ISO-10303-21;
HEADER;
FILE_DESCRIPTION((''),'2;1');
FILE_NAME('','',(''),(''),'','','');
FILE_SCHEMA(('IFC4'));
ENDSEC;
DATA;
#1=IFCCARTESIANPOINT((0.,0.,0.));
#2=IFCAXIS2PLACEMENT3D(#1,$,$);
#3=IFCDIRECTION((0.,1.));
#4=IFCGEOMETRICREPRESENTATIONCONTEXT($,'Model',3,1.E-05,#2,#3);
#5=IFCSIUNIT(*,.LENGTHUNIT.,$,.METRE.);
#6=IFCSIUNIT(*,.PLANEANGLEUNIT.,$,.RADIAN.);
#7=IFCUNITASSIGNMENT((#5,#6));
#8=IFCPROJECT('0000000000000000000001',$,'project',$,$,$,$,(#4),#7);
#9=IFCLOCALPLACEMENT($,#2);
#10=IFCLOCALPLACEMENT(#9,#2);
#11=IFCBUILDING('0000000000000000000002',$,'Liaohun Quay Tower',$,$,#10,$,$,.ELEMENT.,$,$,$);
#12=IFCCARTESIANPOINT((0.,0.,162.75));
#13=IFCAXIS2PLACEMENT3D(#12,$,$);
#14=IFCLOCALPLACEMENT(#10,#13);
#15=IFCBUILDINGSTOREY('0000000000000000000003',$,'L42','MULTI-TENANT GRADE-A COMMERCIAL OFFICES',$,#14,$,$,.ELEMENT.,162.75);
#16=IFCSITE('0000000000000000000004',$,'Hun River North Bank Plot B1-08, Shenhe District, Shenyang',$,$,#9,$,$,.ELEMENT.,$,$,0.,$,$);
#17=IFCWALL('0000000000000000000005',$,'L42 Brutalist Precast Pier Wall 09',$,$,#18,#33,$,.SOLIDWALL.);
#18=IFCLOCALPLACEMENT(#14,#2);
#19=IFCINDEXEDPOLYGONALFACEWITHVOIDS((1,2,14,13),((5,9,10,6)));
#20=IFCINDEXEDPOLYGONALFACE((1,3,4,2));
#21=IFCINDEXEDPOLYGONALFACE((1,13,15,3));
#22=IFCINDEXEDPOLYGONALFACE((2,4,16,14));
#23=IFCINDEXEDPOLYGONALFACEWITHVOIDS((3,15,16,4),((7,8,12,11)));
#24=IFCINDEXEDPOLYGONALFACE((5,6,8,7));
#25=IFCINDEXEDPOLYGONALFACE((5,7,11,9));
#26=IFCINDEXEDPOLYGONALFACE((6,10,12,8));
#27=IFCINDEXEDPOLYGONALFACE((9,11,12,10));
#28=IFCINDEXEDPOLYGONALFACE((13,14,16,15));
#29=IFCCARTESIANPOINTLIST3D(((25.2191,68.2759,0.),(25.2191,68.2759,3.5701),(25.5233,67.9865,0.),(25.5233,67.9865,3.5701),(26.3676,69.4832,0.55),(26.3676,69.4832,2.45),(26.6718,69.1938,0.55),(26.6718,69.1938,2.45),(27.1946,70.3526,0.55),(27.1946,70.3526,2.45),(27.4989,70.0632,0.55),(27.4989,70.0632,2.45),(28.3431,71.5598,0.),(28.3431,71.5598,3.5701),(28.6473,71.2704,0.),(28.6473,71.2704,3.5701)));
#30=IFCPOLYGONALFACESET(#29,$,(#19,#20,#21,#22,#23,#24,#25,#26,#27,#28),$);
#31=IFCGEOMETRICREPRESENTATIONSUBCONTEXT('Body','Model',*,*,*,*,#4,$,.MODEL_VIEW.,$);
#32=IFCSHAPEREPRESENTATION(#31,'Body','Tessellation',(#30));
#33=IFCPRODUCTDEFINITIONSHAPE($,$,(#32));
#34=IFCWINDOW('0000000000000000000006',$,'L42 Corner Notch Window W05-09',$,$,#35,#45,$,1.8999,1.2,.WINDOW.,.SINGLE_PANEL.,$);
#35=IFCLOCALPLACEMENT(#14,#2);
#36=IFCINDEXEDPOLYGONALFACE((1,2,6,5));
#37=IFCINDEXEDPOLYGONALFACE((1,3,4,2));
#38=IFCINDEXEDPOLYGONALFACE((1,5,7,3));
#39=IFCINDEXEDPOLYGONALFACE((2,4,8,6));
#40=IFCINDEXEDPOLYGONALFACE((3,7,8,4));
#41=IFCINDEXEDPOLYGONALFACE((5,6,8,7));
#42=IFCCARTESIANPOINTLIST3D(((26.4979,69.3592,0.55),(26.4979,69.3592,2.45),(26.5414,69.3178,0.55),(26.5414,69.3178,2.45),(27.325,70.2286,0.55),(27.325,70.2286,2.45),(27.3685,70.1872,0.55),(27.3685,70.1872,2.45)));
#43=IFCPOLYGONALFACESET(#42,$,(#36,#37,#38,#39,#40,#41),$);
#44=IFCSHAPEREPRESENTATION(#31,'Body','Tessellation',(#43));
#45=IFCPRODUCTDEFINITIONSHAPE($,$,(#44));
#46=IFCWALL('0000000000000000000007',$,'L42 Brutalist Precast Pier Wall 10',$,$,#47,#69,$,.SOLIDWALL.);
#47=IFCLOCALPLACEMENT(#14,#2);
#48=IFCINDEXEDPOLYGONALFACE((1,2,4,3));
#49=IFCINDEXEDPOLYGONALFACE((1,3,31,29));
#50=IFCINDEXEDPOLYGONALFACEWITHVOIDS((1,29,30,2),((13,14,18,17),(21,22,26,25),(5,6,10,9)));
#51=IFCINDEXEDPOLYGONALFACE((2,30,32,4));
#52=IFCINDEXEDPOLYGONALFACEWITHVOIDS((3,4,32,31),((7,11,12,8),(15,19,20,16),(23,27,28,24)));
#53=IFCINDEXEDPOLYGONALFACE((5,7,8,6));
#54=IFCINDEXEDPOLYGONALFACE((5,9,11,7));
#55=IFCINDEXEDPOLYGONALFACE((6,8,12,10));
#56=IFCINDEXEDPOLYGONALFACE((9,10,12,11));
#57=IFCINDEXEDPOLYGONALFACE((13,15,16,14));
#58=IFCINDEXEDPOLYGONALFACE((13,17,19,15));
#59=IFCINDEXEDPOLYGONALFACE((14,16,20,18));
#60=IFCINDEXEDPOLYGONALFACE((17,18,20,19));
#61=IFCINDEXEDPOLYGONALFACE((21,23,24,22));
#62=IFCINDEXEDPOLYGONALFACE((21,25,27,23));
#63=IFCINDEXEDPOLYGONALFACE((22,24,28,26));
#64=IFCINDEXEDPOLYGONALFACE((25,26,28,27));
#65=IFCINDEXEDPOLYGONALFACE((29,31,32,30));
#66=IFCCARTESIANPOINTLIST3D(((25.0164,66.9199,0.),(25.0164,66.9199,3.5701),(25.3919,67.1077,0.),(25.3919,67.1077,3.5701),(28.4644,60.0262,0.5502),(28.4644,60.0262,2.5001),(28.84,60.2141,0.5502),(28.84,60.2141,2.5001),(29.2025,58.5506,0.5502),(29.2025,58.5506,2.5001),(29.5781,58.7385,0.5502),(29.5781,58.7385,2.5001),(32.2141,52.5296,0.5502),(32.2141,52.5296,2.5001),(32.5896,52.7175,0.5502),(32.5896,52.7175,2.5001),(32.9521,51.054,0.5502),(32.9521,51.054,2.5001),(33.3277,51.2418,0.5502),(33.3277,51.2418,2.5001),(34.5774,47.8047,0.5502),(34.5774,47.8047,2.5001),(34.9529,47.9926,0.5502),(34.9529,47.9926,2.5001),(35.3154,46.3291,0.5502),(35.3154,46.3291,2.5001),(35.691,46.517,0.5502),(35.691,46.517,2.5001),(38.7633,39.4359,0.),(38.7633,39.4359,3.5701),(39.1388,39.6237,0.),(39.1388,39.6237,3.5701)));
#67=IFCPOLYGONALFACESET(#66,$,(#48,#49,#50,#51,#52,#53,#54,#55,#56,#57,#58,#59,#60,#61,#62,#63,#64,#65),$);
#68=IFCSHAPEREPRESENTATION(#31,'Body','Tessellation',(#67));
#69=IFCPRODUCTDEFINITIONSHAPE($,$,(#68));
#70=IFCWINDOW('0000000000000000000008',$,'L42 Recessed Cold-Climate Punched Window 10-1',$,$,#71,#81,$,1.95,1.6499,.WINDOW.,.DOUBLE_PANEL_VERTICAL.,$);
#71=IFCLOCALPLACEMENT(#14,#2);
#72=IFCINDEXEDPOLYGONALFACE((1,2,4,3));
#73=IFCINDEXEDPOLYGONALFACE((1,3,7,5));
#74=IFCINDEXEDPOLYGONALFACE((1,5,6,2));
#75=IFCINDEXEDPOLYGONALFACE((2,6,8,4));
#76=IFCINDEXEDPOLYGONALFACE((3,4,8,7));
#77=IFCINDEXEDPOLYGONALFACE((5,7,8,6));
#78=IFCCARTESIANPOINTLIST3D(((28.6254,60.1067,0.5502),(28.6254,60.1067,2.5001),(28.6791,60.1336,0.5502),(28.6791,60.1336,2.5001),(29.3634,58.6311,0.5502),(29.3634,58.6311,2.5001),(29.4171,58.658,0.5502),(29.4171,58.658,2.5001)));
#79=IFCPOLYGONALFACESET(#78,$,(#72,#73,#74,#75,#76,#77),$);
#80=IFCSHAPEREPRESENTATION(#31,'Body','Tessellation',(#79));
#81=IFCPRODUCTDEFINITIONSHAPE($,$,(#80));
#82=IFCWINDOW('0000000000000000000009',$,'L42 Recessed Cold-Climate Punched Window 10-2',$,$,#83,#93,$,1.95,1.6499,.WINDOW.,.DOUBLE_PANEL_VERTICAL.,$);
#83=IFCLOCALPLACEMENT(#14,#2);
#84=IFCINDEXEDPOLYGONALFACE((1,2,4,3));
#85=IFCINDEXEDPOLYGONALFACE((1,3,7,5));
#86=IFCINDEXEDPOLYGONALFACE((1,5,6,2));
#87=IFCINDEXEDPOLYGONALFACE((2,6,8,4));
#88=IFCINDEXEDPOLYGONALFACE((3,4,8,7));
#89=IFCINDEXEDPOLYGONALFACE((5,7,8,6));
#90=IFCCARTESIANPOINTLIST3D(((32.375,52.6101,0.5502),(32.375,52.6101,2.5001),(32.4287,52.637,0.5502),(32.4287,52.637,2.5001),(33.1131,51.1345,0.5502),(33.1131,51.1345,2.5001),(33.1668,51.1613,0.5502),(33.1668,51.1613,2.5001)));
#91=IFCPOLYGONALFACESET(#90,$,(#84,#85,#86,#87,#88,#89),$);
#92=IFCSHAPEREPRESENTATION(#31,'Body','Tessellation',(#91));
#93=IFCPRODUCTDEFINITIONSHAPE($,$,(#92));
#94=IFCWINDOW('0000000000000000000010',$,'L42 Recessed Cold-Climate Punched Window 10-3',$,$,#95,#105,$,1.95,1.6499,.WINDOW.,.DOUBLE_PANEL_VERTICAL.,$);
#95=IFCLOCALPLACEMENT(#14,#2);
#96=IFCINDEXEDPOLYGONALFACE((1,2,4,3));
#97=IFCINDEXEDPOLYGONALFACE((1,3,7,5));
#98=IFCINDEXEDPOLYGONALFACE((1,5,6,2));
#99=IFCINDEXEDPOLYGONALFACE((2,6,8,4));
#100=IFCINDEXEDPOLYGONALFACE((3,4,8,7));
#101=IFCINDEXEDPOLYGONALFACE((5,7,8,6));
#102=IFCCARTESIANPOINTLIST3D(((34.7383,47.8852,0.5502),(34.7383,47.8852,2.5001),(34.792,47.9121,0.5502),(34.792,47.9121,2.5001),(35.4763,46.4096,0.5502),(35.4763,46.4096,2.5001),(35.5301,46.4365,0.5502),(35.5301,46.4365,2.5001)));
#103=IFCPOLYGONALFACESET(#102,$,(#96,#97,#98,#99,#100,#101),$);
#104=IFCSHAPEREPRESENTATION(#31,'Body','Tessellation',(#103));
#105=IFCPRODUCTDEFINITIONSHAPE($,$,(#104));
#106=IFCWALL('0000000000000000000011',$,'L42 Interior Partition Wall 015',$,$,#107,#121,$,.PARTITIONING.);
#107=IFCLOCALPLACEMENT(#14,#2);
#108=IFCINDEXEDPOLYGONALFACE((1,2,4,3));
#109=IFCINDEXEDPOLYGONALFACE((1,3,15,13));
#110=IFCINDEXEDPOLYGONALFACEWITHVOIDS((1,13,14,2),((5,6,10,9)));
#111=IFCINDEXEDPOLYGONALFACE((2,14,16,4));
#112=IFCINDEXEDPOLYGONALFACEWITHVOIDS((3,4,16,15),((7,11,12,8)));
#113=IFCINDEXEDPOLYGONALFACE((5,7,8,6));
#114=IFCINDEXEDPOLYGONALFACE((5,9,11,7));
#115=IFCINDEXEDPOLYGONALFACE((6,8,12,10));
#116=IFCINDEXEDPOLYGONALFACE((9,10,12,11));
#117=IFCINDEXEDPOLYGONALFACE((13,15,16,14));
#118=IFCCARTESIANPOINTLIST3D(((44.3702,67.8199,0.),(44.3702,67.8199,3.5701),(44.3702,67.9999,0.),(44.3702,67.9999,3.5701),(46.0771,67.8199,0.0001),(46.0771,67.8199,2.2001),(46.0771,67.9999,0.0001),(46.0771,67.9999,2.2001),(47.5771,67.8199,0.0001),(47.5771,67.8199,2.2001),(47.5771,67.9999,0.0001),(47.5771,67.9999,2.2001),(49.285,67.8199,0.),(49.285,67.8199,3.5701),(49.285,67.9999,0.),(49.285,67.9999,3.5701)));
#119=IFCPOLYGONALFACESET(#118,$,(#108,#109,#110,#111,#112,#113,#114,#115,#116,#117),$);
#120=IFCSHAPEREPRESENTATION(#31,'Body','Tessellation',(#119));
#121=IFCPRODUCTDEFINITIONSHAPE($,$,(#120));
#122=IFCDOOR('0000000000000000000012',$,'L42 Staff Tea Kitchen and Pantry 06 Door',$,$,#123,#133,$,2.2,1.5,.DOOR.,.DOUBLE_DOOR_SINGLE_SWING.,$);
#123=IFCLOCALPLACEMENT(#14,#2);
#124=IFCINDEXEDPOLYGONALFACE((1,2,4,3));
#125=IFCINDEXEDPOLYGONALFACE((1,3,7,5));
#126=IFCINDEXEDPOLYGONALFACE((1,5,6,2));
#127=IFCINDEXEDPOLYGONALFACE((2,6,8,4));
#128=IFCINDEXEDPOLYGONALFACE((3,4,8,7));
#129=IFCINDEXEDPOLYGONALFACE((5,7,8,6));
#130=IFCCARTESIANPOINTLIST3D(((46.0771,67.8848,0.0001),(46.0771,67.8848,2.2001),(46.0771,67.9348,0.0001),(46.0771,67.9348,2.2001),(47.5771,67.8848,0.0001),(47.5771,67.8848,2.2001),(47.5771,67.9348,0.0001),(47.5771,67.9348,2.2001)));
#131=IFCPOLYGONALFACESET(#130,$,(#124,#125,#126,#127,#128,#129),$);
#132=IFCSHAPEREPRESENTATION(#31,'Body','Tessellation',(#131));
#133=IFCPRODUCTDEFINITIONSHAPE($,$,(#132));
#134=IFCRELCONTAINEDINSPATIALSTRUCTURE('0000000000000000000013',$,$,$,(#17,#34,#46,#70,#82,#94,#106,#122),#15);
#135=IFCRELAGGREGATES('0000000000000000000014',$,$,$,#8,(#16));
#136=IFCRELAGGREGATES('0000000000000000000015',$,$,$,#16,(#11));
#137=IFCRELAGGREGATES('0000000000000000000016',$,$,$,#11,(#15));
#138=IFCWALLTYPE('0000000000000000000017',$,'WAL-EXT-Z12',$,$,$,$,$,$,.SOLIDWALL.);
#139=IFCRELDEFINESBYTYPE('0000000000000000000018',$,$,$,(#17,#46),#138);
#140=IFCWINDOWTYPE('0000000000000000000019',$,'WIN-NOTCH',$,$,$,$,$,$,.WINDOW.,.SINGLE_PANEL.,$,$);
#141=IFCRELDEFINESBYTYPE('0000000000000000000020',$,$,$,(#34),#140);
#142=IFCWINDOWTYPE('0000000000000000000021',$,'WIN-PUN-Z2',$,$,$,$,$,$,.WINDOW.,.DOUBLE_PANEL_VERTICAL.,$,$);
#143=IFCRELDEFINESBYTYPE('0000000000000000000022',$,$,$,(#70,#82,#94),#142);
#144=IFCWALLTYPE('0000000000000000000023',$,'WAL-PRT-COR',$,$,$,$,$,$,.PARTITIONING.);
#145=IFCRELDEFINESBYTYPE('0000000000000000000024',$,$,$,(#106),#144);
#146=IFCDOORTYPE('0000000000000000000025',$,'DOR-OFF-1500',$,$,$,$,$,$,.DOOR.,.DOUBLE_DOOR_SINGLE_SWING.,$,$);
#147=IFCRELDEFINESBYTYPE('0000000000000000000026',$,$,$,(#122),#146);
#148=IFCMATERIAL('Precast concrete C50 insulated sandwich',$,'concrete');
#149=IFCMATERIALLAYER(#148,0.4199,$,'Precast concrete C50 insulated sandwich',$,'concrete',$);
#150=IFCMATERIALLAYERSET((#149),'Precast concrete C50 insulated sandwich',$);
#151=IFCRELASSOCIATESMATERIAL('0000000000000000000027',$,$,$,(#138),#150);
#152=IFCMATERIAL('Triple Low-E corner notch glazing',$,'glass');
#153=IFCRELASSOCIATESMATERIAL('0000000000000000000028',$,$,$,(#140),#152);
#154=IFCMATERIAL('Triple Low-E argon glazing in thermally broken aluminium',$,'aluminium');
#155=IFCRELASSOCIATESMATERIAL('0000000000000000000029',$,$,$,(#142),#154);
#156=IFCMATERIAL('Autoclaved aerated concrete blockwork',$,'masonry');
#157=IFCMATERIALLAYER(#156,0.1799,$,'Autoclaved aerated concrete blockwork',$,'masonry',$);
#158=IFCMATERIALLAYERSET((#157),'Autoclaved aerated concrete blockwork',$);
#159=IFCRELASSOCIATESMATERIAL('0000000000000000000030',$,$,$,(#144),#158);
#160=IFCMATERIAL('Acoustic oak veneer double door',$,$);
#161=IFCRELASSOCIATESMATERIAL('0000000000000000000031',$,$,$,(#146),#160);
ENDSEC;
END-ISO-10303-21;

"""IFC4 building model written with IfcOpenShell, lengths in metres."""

from ifc_helpers import new_model, si_unit, direction, frame, frame_2d, origin, place, context, subcontext, project, spatial, rectangle, extrude, source, transform, mapped, material, layer, layer_set, type_object, element, fill, save


model = new_model("IFC4")

# Units and contexts
model_context = context("Model", 3, precision=1e-05, world=origin(), true_north=direction((0.0, 1.0)))
body_context = subcontext(model_context, "Body", "Model", "MODEL_VIEW")
ifc_project = project(units=[si_unit("LENGTHUNIT", "METRE"), si_unit("PLANEANGLEUNIT", "RADIAN")], contexts=[model_context])

# Site, building, storey
site_placement = place(None, origin())
site = spatial("IfcSite", under=ifc_project, at=site_placement, Name="Hun River North Bank Plot B1-08, Shenhe District, Shenyang", CompositionType="ELEMENT", RefElevation=0.0)
building_placement = place(site_placement, origin())
building = spatial("IfcBuilding", under=site, at=building_placement, Name="Liaohun Quay Tower", CompositionType="ELEMENT")
storey_placement = place(building_placement, frame((0.0, 0.0, 162.75)))
storey = spatial("IfcBuildingStorey", under=building, at=storey_placement, Name="L42", Description="MULTI-TENANT GRADE-A COMMERCIAL OFFICES", CompositionType="ELEMENT", Elevation=162.75)

# Wall, opening, window
ifc_material_1 = material(Name="Precast concrete C50 insulated sandwich", Category="concrete")
ifc_layer_1 = layer(ifc_material_1, 0.4199, Name="Precast concrete C50 insulated sandwich", Category="concrete")
ifc_layer_set_1 = layer_set([ifc_layer_1], Name="Precast concrete C50 insulated sandwich")
wall_type_1 = type_object("IfcWallType", Name="WAL-EXT-Z12", PredefinedType="SOLIDWALL", material=ifc_layer_set_1)
shared_shape_1 = source(origin(), body_context, "Body", "SweptSolid", [
    extrude(rectangle(XDim=1.2, YDim=1.8999, at=frame_2d((0.6001, 0.95))), frame((0.0, 0.22, 0.0), z_axis=(0.0, -1.0, 0.0), x_axis=(1.0, 0.0, 0.0)), (0.0, 0.0, 1.0), 0.4399),
])
ifc_material_2 = material(Name="Triple Low-E corner notch glazing", Category="glass")
window_type_1 = type_object("IfcWindowType", Name="WIN-NOTCH", PartitioningType="SINGLE_PANEL", PredefinedType="WINDOW", material=ifc_material_2)
shared_shape_2 = source(origin(), body_context, "Body", "SweptSolid", [
    extrude(rectangle(XDim=1.2, YDim=1.8999, at=frame_2d((0.6001, 0.95))), frame((0.0, 0.03, 0.0), z_axis=(0.0, -1.0, 0.0), x_axis=(1.0, 0.0, 0.0)), (0.0, 0.0, 1.0), 0.0601),
])
wall_1_placement = place(storey_placement, frame((28.4951, 71.415, 0.0), z_axis=(0.0, 0.0, 1.0), x_axis=(-0.689246, -0.724527, 0.0)))
wall_1 = element("IfcWall", 1, at=wall_1_placement, inside=storey, type_object=wall_type_1, Name="L42 Brutalist Precast Pier Wall 09", PredefinedType="SOLIDWALL", context=body_context, shape_type="SweptSolid", body=[
    extrude(rectangle(XDim=4.5325, YDim=0.4199, at=frame_2d((2.2661, 0.0))), origin(), (0.0, 0.0, 1.0), 3.5701),
])
opening_1_placement = place(wall_1_placement, frame((1.666, 0.0, 0.55)))
opening_1 = element("IfcOpeningElement", 2, at=opening_1_placement, cuts=wall_1, PredefinedType="OPENING", context=body_context, shape_type="MappedRepresentation", body=[
    mapped(shared_shape_1, transform((0.0, 0.0, 0.0), x_axis=(1.0, 0.0, 0.0), y_axis=(0.0, 1.0, 0.0), z_axis=(0.0, 0.0, 1.0), scale=1.0)),
])
window_1_placement = place(opening_1_placement, origin())
window_1 = element("IfcWindow", 3, at=window_1_placement, inside=storey, type_object=window_type_1, Name="L42 Corner Notch Window W05-09", OverallHeight=1.8999, OverallWidth=1.2, PartitioningType="SINGLE_PANEL", PredefinedType="WINDOW", context=body_context, shape_type="MappedRepresentation", body=[
    mapped(shared_shape_2, transform((0.0, 0.0, 0.0), x_axis=(1.0, 0.0, 0.0), y_axis=(0.0, 1.0, 0.0), z_axis=(0.0, 0.0, 1.0), scale=1.0)),
])
fill(opening_1, window_1)

# Wall, openings, windows
wall_2_placement = place(storey_placement, frame((25.2041, 67.0139, 0.0), z_axis=(0.0, 0.0, 1.0), x_axis=(0.447341, -0.894364, 0.0)))
wall_2 = element("IfcWall", 4, at=wall_2_placement, inside=storey, type_object=wall_type_1, Name="L42 Brutalist Precast Pier Wall 10", PredefinedType="SOLIDWALL", context=body_context, shape_type="SweptSolid", body=[
    extrude(rectangle(XDim=30.7302, YDim=0.4199, at=frame_2d((15.3652, 0.0))), origin(), (0.0, 0.0, 1.0), 3.5701),
])
shared_shape_3 = source(origin(), body_context, "Body", "SweptSolid", [
    extrude(rectangle(XDim=1.6499, YDim=1.95, at=frame_2d((0.825, 0.9751))), frame((0.0, 0.22, 0.0), z_axis=(0.0, -1.0, 0.0), x_axis=(1.0, 0.0, 0.0)), (0.0, 0.0, 1.0), 0.4399),
])
opening_2_placement = place(wall_2_placement, frame((7.708, 0.0, 0.55)))
opening_2 = element("IfcOpeningElement", 5, at=opening_2_placement, cuts=wall_2, PredefinedType="OPENING", context=body_context, shape_type="MappedRepresentation", body=[
    mapped(shared_shape_3, transform((0.0, 0.0, 0.0), x_axis=(1.0, 0.0, 0.0), y_axis=(0.0, 1.0, 0.0), z_axis=(0.0, 0.0, 1.0), scale=1.0)),
])
opening_3_placement = place(wall_2_placement, frame((16.0901, 0.0, 0.55)))
opening_3 = element("IfcOpeningElement", 6, at=opening_3_placement, cuts=wall_2, PredefinedType="OPENING", context=body_context, shape_type="MappedRepresentation", body=[
    mapped(shared_shape_3, transform((0.0, 0.0, 0.0), x_axis=(1.0, 0.0, 0.0), y_axis=(0.0, 1.0, 0.0), z_axis=(0.0, 0.0, 1.0), scale=1.0)),
])
opening_4_placement = place(wall_2_placement, frame((21.373, 0.0, 0.55)))
opening_4 = element("IfcOpeningElement", 7, at=opening_4_placement, cuts=wall_2, PredefinedType="OPENING", context=body_context, shape_type="MappedRepresentation", body=[
    mapped(shared_shape_3, transform((0.0, 0.0, 0.0), x_axis=(1.0, 0.0, 0.0), y_axis=(0.0, 1.0, 0.0), z_axis=(0.0, 0.0, 1.0), scale=1.0)),
])
ifc_material_3 = material(Name="Triple Low-E argon glazing in thermally broken aluminium", Category="aluminium")
window_type_2 = type_object("IfcWindowType", Name="WIN-PUN-Z2", PartitioningType="DOUBLE_PANEL_VERTICAL", PredefinedType="WINDOW", material=ifc_material_3)
shared_shape_4 = source(origin(), body_context, "Body", "SweptSolid", [
    extrude(rectangle(XDim=1.6499, YDim=1.95, at=frame_2d((0.825, 0.9751))), frame((0.0, 0.03, 0.0), z_axis=(0.0, -1.0, 0.0), x_axis=(1.0, 0.0, 0.0)), (0.0, 0.0, 1.0), 0.0601),
])
window_2_placement = place(opening_2_placement, origin())
window_2 = element("IfcWindow", 8, at=window_2_placement, inside=storey, type_object=window_type_2, Name="L42 Recessed Cold-Climate Punched Window 10-1", OverallHeight=1.95, OverallWidth=1.6499, PartitioningType="DOUBLE_PANEL_VERTICAL", PredefinedType="WINDOW", context=body_context, shape_type="MappedRepresentation", body=[
    mapped(shared_shape_4, transform((0.0, 0.0, 0.0), x_axis=(1.0, 0.0, 0.0), y_axis=(0.0, 1.0, 0.0), z_axis=(0.0, 0.0, 1.0), scale=1.0)),
])
fill(opening_2, window_2)
window_3_placement = place(opening_3_placement, origin())
window_3 = element("IfcWindow", 9, at=window_3_placement, inside=storey, type_object=window_type_2, Name="L42 Recessed Cold-Climate Punched Window 10-2", OverallHeight=1.95, OverallWidth=1.6499, PartitioningType="DOUBLE_PANEL_VERTICAL", PredefinedType="WINDOW", context=body_context, shape_type="MappedRepresentation", body=[
    mapped(shared_shape_4, transform((0.0, 0.0, 0.0), x_axis=(1.0, 0.0, 0.0), y_axis=(0.0, 1.0, 0.0), z_axis=(0.0, 0.0, 1.0), scale=1.0)),
])
fill(opening_3, window_3)
window_4_placement = place(opening_4_placement, origin())
window_4 = element("IfcWindow", 10, at=window_4_placement, inside=storey, type_object=window_type_2, Name="L42 Recessed Cold-Climate Punched Window 10-3", OverallHeight=1.95, OverallWidth=1.6499, PartitioningType="DOUBLE_PANEL_VERTICAL", PredefinedType="WINDOW", context=body_context, shape_type="MappedRepresentation", body=[
    mapped(shared_shape_4, transform((0.0, 0.0, 0.0), x_axis=(1.0, 0.0, 0.0), y_axis=(0.0, 1.0, 0.0), z_axis=(0.0, 0.0, 1.0), scale=1.0)),
])
fill(opening_4, window_4)

# Wall, opening, door
ifc_material_4 = material(Name="Autoclaved aerated concrete blockwork", Category="masonry")
ifc_layer_2 = layer(ifc_material_4, 0.1799, Name="Autoclaved aerated concrete blockwork", Category="masonry")
ifc_layer_set_2 = layer_set([ifc_layer_2], Name="Autoclaved aerated concrete blockwork")
wall_type_2 = type_object("IfcWallType", Name="WAL-PRT-COR", PredefinedType="PARTITIONING", material=ifc_layer_set_2)
wall_3_placement = place(storey_placement, frame((44.3701, 67.9099, 0.0), z_axis=(0.0, 0.0, 1.0), x_axis=(1.0, 0.0, 0.0)))
wall_3 = element("IfcWall", 11, at=wall_3_placement, inside=storey, type_object=wall_type_2, Name="L42 Interior Partition Wall 015", PredefinedType="PARTITIONING", context=body_context, shape_type="SweptSolid", body=[
    extrude(rectangle(XDim=4.9148, YDim=0.1799, at=frame_2d((2.4575, 0.0))), origin(), (0.0, 0.0, 1.0), 3.5701),
])
shared_shape_5 = source(origin(), body_context, "Body", "SweptSolid", [
    extrude(rectangle(XDim=1.5, YDim=2.2, at=frame_2d((0.75, 1.1001))), frame((0.0, 0.0999, 0.0), z_axis=(0.0, -1.0, 0.0), x_axis=(1.0, 0.0, 0.0)), (0.0, 0.0, 1.0), 0.2),
])
opening_5_placement = place(wall_3_placement, frame((1.707, 0.0, 0.0)))
opening_5 = element("IfcOpeningElement", 12, at=opening_5_placement, cuts=wall_3, PredefinedType="OPENING", context=body_context, shape_type="MappedRepresentation", body=[
    mapped(shared_shape_5, transform((0.0, 0.0, 0.0), x_axis=(1.0, 0.0, 0.0), y_axis=(0.0, 1.0, 0.0), z_axis=(0.0, 0.0, 1.0), scale=1.0)),
])
ifc_material_5 = material(Name="Acoustic oak veneer double door")
door_type_1 = type_object("IfcDoorType", Name="DOR-OFF-1500", OperationType="DOUBLE_DOOR_SINGLE_SWING", PredefinedType="DOOR", material=ifc_material_5)
shared_shape_6 = source(origin(), body_context, "Body", "SweptSolid", [
    extrude(rectangle(XDim=1.5, YDim=2.2, at=frame_2d((0.75, 1.1001))), frame((0.0, 0.0249, 0.0), z_axis=(0.0, -1.0, 0.0), x_axis=(1.0, 0.0, 0.0)), (0.0, 0.0, 1.0), 0.05),
])
door_1_placement = place(opening_5_placement, origin())
door_1 = element("IfcDoor", 13, at=door_1_placement, inside=storey, type_object=door_type_1, Name="L42 Staff Tea Kitchen and Pantry 06 Door", OperationType="DOUBLE_DOOR_SINGLE_SWING", OverallHeight=2.2, OverallWidth=1.5, PredefinedType="DOOR", context=body_context, shape_type="MappedRepresentation", body=[
    mapped(shared_shape_6, transform((0.0, 0.0, 0.0), x_axis=(1.0, 0.0, 0.0), y_axis=(0.0, 1.0, 0.0), z_axis=(0.0, 0.0, 1.0), scale=1.0)),
])
fill(opening_5, door_1)

save(model, "model.ifc")
